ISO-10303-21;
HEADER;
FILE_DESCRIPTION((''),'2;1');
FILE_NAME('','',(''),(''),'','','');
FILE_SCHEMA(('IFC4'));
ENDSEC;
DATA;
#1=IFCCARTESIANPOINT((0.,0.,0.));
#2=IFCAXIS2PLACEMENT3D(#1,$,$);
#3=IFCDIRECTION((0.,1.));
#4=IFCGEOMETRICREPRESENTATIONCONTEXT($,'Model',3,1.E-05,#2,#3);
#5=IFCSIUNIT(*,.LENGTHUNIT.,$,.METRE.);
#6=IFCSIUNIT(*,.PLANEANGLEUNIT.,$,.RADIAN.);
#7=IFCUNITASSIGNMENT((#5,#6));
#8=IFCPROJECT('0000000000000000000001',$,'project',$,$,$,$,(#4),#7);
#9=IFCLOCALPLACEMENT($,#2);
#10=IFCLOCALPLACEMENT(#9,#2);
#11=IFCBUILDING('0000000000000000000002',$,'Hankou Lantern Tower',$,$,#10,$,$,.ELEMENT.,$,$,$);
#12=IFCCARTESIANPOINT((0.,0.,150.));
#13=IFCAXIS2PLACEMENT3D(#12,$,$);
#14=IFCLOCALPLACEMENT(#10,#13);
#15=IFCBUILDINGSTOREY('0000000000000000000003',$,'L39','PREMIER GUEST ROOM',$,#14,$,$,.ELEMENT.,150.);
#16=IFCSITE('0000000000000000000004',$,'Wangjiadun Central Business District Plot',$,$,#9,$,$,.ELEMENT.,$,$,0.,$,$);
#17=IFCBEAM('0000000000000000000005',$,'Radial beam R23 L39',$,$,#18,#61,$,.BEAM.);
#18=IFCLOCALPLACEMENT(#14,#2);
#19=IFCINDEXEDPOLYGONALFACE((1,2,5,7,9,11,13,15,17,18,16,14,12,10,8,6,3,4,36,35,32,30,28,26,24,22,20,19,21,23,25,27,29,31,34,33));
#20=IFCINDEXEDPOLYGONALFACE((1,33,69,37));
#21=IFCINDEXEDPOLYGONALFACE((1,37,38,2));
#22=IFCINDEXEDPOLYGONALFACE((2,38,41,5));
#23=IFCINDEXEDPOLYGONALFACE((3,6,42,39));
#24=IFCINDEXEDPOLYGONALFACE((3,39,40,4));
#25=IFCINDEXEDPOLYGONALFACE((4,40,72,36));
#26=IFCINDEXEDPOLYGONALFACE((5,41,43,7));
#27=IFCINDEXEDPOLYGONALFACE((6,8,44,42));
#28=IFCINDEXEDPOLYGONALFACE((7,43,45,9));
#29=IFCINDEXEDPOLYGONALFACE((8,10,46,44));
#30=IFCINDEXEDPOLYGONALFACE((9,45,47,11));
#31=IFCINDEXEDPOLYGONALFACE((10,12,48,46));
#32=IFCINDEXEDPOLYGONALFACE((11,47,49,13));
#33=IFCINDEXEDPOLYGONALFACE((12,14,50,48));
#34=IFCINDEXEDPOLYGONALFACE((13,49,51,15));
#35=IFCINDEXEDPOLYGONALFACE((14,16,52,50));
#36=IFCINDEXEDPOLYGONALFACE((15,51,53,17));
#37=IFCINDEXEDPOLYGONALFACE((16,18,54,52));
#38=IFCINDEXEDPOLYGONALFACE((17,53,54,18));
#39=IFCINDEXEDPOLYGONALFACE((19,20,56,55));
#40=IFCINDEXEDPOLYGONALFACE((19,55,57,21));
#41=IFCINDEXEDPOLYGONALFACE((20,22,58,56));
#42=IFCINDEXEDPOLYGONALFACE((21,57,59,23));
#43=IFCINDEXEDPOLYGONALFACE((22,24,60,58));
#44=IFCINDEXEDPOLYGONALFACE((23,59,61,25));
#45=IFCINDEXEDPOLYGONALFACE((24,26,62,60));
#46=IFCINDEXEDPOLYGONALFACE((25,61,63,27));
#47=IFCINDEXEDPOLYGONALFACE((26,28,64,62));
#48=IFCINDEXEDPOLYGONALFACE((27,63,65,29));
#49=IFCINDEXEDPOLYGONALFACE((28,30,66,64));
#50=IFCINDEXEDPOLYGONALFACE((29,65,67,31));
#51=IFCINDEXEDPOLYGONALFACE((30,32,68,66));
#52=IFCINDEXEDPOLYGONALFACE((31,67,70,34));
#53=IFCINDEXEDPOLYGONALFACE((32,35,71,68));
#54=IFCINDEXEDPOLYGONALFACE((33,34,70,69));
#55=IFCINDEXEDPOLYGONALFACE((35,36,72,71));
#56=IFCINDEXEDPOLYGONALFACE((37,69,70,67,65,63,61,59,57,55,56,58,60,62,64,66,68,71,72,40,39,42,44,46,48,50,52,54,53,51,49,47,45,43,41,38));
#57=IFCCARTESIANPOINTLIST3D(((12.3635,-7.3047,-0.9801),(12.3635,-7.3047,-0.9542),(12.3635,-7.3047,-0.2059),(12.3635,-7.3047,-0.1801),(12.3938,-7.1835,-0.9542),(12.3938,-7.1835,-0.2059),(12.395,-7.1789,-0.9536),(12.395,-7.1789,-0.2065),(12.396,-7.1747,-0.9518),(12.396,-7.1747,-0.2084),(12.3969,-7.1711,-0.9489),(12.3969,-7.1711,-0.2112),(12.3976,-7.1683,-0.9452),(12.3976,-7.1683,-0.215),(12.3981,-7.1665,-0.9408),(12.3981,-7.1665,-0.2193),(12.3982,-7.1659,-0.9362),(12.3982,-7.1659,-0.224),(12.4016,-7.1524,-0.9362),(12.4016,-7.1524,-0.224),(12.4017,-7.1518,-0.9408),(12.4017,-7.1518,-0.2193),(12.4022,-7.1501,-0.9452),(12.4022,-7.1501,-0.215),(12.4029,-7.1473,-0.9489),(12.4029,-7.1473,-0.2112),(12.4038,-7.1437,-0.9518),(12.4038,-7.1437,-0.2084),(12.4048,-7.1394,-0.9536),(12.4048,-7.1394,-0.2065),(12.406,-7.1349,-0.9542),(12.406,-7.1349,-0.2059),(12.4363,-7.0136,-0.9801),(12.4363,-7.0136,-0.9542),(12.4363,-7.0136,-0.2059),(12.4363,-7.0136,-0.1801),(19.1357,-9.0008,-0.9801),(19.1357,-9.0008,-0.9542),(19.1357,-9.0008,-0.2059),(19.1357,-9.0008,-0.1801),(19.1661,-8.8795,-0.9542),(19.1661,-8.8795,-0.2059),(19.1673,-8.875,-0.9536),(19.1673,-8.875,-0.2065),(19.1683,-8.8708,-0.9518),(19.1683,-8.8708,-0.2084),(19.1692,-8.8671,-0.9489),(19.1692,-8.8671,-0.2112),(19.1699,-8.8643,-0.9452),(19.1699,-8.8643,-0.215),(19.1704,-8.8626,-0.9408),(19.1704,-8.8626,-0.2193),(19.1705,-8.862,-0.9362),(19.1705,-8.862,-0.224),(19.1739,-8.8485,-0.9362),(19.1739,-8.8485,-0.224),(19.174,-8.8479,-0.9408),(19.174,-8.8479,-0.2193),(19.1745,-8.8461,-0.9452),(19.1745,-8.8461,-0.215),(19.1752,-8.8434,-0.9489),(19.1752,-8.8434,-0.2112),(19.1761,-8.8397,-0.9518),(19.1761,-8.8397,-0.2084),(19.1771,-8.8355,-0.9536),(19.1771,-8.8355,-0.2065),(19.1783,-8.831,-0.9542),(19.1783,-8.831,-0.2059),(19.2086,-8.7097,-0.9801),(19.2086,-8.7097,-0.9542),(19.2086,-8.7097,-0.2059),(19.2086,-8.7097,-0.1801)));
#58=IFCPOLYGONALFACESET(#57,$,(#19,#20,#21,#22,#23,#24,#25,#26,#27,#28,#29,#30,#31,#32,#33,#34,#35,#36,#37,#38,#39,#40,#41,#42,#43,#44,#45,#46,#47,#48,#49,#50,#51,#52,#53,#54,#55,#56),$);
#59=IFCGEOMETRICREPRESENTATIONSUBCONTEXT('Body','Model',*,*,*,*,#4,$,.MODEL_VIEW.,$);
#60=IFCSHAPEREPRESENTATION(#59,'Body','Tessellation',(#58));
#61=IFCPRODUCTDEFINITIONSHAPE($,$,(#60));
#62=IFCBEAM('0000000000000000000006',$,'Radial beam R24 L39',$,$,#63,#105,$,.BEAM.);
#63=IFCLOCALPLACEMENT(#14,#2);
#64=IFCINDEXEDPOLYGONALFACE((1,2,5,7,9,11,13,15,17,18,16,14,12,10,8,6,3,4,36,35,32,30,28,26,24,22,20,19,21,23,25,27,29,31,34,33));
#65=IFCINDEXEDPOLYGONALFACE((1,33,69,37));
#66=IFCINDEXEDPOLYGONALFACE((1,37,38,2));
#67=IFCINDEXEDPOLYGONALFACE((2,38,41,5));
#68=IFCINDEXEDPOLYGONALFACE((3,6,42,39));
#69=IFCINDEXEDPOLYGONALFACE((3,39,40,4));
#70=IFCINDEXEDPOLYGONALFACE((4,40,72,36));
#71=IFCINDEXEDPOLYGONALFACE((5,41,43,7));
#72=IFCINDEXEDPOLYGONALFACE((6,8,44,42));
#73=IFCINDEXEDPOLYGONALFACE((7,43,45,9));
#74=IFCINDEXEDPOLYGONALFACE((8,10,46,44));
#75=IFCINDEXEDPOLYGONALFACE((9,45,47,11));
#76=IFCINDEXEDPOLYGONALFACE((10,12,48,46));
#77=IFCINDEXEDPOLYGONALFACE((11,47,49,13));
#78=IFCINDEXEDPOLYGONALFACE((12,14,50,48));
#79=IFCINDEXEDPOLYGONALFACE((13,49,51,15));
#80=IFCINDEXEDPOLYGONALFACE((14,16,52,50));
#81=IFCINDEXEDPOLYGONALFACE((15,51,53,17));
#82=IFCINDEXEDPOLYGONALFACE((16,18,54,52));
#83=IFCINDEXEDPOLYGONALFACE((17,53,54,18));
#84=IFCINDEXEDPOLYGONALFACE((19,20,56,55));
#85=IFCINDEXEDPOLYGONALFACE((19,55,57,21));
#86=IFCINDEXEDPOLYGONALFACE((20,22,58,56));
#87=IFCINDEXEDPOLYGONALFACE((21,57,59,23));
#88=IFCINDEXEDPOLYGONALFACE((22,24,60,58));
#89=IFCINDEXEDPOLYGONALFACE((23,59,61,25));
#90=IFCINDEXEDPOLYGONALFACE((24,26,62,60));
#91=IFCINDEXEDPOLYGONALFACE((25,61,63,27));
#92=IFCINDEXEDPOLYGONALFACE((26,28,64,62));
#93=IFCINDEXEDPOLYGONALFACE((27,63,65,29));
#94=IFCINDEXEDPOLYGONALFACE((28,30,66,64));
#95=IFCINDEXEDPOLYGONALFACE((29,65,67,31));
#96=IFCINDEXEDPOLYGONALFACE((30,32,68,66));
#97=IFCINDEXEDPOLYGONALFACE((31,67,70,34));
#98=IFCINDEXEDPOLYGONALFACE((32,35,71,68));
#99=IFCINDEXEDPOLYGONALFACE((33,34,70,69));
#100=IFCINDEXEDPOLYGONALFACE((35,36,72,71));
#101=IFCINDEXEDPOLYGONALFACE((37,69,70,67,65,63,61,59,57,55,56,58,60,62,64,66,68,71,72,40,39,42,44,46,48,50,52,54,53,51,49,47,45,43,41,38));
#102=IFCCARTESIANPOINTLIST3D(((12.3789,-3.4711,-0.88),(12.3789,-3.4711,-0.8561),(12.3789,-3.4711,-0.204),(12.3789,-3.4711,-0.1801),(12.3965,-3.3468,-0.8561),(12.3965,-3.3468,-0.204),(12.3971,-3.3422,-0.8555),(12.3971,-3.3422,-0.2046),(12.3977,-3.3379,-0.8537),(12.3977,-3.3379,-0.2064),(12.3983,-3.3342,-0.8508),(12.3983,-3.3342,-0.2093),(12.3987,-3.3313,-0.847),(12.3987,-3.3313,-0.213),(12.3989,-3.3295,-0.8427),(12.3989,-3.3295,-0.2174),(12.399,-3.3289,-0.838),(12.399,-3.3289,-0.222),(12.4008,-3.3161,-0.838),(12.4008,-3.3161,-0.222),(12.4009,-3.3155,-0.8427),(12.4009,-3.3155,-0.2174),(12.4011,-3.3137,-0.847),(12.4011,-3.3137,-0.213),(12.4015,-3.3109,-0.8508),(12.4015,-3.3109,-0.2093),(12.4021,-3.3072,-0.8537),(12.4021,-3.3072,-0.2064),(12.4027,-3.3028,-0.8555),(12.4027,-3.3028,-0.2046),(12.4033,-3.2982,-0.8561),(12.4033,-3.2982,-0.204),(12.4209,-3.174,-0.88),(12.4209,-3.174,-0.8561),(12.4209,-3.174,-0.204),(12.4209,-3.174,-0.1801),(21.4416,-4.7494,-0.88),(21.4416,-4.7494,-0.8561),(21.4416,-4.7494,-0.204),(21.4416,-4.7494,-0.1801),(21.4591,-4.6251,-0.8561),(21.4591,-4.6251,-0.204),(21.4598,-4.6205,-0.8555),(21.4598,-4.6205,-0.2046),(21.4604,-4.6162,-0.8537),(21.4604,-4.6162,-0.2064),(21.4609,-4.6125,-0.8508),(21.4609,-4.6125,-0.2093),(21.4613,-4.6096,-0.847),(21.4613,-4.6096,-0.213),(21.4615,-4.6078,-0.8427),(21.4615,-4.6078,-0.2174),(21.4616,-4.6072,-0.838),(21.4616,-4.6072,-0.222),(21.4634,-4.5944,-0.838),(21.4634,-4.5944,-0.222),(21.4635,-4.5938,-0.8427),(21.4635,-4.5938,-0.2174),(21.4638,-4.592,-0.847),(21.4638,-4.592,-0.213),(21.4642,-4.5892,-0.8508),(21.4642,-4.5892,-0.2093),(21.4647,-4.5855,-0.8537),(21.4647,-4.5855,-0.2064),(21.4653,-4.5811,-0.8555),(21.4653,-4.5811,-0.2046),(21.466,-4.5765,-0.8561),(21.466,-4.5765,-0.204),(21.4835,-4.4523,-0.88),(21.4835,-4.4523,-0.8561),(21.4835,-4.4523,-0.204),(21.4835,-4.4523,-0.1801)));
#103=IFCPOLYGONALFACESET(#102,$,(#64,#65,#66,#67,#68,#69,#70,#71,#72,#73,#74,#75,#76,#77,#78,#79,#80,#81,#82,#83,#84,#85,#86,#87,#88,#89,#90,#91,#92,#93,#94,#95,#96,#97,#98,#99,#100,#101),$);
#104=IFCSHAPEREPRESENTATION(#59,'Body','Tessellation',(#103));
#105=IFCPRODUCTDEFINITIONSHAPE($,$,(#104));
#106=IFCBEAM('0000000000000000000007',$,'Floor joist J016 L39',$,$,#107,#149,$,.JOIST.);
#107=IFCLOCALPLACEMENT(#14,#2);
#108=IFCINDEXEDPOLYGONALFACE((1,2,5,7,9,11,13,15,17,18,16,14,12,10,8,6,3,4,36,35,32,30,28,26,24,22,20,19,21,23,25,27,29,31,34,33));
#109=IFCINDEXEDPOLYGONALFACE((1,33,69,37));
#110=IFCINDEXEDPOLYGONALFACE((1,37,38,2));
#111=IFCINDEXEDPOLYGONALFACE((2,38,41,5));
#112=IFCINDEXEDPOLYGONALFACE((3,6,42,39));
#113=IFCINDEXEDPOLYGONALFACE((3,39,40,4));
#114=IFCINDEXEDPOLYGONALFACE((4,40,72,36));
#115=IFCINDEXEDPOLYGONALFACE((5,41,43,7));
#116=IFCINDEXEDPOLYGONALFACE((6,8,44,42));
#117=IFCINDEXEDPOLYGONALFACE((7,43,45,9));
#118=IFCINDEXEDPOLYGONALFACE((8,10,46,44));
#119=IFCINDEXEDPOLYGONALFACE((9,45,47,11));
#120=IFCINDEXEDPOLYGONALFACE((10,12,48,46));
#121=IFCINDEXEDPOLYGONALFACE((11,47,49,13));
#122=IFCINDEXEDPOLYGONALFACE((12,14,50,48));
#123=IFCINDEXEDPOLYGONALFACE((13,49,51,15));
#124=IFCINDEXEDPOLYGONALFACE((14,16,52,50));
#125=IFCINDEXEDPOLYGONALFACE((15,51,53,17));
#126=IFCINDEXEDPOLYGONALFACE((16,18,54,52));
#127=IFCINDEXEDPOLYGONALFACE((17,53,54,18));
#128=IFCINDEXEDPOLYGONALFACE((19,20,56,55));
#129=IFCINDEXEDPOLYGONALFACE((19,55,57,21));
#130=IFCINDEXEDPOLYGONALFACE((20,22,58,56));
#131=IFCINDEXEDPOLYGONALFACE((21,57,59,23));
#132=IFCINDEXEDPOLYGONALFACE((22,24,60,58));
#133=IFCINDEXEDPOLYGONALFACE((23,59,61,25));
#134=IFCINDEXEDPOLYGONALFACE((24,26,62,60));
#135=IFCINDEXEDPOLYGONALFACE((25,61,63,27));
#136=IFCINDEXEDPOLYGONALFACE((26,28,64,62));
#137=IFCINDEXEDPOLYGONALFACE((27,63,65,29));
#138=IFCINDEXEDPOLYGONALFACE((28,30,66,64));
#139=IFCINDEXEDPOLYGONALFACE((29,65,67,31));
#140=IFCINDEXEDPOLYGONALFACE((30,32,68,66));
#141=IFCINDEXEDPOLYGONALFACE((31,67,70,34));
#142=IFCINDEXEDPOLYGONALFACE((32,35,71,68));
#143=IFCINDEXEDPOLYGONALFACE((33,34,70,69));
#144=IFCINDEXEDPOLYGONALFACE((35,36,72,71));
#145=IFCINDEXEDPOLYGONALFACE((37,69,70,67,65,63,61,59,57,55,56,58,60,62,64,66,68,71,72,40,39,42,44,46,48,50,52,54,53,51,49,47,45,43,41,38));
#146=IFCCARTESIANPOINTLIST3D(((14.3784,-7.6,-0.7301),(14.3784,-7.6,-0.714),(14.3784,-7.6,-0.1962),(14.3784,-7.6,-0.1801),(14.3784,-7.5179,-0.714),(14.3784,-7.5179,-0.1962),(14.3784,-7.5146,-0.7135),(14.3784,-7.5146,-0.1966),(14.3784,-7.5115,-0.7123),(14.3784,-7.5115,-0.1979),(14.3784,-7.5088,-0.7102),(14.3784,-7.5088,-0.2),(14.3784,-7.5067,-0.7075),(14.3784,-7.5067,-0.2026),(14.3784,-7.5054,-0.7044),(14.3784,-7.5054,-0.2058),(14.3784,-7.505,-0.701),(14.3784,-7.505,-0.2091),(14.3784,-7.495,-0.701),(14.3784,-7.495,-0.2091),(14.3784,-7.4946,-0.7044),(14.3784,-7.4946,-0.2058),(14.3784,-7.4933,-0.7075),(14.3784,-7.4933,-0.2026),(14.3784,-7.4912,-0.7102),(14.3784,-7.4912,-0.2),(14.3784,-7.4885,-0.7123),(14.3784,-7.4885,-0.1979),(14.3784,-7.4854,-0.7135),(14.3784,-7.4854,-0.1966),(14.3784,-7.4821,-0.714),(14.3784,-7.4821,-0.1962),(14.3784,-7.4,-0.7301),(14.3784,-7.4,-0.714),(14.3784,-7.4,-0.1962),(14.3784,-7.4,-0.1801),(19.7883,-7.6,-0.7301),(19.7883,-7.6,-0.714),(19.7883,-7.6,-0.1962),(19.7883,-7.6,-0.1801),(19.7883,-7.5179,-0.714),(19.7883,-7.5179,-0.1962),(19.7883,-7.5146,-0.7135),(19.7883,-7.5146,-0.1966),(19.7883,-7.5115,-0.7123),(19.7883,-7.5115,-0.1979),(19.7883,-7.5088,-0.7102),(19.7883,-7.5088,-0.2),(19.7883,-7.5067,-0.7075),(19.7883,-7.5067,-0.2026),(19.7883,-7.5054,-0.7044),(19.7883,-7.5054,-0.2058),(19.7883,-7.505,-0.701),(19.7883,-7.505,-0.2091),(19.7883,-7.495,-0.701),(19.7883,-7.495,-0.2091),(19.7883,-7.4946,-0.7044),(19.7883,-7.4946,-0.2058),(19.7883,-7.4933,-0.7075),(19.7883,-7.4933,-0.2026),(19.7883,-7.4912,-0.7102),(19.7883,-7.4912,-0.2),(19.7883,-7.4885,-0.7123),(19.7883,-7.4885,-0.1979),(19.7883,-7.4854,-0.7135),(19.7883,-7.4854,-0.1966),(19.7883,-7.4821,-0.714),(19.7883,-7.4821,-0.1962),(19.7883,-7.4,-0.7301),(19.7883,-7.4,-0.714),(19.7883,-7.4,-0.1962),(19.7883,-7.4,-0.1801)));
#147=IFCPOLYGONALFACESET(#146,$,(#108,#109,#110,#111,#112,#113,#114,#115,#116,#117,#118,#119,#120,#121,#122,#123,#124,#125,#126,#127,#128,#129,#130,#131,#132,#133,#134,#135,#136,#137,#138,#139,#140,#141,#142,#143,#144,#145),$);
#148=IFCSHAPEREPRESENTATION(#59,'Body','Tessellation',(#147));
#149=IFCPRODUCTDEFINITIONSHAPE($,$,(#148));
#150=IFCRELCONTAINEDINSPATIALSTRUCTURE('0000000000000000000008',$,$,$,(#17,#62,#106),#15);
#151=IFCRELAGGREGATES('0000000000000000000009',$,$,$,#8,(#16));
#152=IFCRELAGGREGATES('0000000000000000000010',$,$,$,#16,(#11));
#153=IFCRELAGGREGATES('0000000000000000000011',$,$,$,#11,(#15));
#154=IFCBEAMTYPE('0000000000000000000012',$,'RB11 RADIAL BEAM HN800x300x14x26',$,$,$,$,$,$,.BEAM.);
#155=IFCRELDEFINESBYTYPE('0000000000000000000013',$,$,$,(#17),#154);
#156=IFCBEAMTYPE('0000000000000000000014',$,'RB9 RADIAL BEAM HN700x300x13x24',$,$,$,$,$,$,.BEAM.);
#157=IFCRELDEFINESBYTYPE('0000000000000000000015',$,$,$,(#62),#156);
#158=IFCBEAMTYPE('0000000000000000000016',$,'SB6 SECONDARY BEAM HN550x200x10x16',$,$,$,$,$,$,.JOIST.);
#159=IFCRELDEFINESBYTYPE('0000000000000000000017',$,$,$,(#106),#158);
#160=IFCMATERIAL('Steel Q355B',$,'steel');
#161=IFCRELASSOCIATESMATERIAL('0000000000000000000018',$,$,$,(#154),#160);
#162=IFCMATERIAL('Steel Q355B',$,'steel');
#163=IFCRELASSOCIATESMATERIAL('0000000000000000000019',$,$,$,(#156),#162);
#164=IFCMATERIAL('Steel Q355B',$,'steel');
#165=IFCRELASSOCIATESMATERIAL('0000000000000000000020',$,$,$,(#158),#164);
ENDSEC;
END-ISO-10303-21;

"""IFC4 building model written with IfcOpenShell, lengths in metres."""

from ifc_helpers import new_model, si_unit, direction, frame, origin, origin_2d, place, context, subcontext, project, spatial, i_section, extrude, material, material_profile, profile_set, type_object, element, save


model = new_model("IFC4")

# Units and contexts
model_context = context("Model", 3, precision=1e-05, world=origin(), true_north=direction((0.0, 1.0)))
body_context = subcontext(model_context, "Body", "Model", "MODEL_VIEW")
ifc_project = project(units=[si_unit("LENGTHUNIT", "METRE"), si_unit("PLANEANGLEUNIT", "RADIAN")], contexts=[model_context])

# Site, building, storey
site_placement = place(None, origin())
site = spatial("IfcSite", under=ifc_project, at=site_placement, Name="Wangjiadun Central Business District Plot", CompositionType="ELEMENT", RefElevation=0.0)
building_placement = place(site_placement, origin())
building = spatial("IfcBuilding", under=site, at=building_placement, Name="Hankou Lantern Tower", CompositionType="ELEMENT")
storey_placement = place(building_placement, frame((0.0, 0.0, 150.0)))
storey = spatial("IfcBuildingStorey", under=building, at=storey_placement, Name="L39", Description="PREMIER GUEST ROOM", CompositionType="ELEMENT", Elevation=150.0)

# Beams
ifc_material_1 = material(Name="Steel Q355B", Category="steel")
ifc_material_profile_1 = material_profile(ifc_material_1, i_section(OverallWidth=0.3, OverallDepth=0.8, WebThickness=0.0139, FlangeThickness=0.0259, FilletRadius=0.0181, at=origin_2d()), Name="HN800x300x14x26")
ifc_profile_set_1 = profile_set([ifc_material_profile_1], Name="Steel Q355B")
beam_type_1 = type_object("IfcBeamType", Name="RB11 RADIAL BEAM HN800x300x14x26", PredefinedType="BEAM", material=ifc_profile_set_1)
beam_1_placement = place(storey_placement, frame((12.3999, -7.1592, -0.5801), z_axis=(0.970042, -0.242939, 0.0), x_axis=(0.242939, 0.970042, 0.0)))
element("IfcBeam", 1, at=beam_1_placement, inside=storey, type_object=beam_type_1, Name="Radial beam R23 L39", PredefinedType="BEAM", context=body_context, shape_type="SweptSolid", body=[
    extrude(i_section(OverallWidth=0.3, OverallDepth=0.8, WebThickness=0.0139, FlangeThickness=0.0259, FilletRadius=0.0181, at=origin_2d()), origin(), (0.0, 0.0, 1.0), 6.9814),
])
ifc_material_2 = material(Name="Steel Q355B", Category="steel")
ifc_material_profile_2 = material_profile(ifc_material_2, i_section(OverallWidth=0.3, OverallDepth=0.7, WebThickness=0.0129, FlangeThickness=0.0239, FilletRadius=0.0181, at=origin_2d()), Name="HN700x300x13x24")
ifc_profile_set_2 = profile_set([ifc_material_profile_2], Name="Steel Q355B")
beam_type_2 = type_object("IfcBeamType", Name="RB9 RADIAL BEAM HN700x300x13x24", PredefinedType="BEAM", material=ifc_profile_set_2)
beam_2_placement = place(storey_placement, frame((12.3999, -3.3225, -0.53), z_axis=(0.990198, -0.13967, 0.0), x_axis=(0.13967, 0.990198, 0.0)))
element("IfcBeam", 2, at=beam_2_placement, inside=storey, type_object=beam_type_2, Name="Radial beam R24 L39", PredefinedType="BEAM", context=body_context, shape_type="SweptSolid", body=[
    extrude(i_section(OverallWidth=0.3, OverallDepth=0.7, WebThickness=0.0129, FlangeThickness=0.0239, FilletRadius=0.0181, at=origin_2d()), origin(), (0.0, 0.0, 1.0), 9.1523),
])
ifc_material_3 = material(Name="Steel Q355B", Category="steel")
ifc_material_profile_3 = material_profile(ifc_material_3, i_section(OverallWidth=0.2, OverallDepth=0.55, WebThickness=0.01, FlangeThickness=0.0161, FilletRadius=0.0129, at=origin_2d()), Name="HN550x200x10x16")
ifc_profile_set_3 = profile_set([ifc_material_profile_3], Name="Steel Q355B")
beam_type_3 = type_object("IfcBeamType", Name="SB6 SECONDARY BEAM HN550x200x10x16", PredefinedType="JOIST", material=ifc_profile_set_3)
beam_3_placement = place(storey_placement, frame((14.3784, -7.5, -0.4551), z_axis=(1.0, 0.0, 0.0), x_axis=(0.0, 1.0, 0.0)))
element("IfcBeam", 3, at=beam_3_placement, inside=storey, type_object=beam_type_3, Name="Floor joist J016 L39", PredefinedType="JOIST", context=body_context, shape_type="SweptSolid", body=[
    extrude(i_section(OverallWidth=0.2, OverallDepth=0.55, WebThickness=0.01, FlangeThickness=0.0161, FilletRadius=0.0129, at=origin_2d()), origin(), (0.0, 0.0, 1.0), 5.4099),
])

save(model, "model.ifc")
